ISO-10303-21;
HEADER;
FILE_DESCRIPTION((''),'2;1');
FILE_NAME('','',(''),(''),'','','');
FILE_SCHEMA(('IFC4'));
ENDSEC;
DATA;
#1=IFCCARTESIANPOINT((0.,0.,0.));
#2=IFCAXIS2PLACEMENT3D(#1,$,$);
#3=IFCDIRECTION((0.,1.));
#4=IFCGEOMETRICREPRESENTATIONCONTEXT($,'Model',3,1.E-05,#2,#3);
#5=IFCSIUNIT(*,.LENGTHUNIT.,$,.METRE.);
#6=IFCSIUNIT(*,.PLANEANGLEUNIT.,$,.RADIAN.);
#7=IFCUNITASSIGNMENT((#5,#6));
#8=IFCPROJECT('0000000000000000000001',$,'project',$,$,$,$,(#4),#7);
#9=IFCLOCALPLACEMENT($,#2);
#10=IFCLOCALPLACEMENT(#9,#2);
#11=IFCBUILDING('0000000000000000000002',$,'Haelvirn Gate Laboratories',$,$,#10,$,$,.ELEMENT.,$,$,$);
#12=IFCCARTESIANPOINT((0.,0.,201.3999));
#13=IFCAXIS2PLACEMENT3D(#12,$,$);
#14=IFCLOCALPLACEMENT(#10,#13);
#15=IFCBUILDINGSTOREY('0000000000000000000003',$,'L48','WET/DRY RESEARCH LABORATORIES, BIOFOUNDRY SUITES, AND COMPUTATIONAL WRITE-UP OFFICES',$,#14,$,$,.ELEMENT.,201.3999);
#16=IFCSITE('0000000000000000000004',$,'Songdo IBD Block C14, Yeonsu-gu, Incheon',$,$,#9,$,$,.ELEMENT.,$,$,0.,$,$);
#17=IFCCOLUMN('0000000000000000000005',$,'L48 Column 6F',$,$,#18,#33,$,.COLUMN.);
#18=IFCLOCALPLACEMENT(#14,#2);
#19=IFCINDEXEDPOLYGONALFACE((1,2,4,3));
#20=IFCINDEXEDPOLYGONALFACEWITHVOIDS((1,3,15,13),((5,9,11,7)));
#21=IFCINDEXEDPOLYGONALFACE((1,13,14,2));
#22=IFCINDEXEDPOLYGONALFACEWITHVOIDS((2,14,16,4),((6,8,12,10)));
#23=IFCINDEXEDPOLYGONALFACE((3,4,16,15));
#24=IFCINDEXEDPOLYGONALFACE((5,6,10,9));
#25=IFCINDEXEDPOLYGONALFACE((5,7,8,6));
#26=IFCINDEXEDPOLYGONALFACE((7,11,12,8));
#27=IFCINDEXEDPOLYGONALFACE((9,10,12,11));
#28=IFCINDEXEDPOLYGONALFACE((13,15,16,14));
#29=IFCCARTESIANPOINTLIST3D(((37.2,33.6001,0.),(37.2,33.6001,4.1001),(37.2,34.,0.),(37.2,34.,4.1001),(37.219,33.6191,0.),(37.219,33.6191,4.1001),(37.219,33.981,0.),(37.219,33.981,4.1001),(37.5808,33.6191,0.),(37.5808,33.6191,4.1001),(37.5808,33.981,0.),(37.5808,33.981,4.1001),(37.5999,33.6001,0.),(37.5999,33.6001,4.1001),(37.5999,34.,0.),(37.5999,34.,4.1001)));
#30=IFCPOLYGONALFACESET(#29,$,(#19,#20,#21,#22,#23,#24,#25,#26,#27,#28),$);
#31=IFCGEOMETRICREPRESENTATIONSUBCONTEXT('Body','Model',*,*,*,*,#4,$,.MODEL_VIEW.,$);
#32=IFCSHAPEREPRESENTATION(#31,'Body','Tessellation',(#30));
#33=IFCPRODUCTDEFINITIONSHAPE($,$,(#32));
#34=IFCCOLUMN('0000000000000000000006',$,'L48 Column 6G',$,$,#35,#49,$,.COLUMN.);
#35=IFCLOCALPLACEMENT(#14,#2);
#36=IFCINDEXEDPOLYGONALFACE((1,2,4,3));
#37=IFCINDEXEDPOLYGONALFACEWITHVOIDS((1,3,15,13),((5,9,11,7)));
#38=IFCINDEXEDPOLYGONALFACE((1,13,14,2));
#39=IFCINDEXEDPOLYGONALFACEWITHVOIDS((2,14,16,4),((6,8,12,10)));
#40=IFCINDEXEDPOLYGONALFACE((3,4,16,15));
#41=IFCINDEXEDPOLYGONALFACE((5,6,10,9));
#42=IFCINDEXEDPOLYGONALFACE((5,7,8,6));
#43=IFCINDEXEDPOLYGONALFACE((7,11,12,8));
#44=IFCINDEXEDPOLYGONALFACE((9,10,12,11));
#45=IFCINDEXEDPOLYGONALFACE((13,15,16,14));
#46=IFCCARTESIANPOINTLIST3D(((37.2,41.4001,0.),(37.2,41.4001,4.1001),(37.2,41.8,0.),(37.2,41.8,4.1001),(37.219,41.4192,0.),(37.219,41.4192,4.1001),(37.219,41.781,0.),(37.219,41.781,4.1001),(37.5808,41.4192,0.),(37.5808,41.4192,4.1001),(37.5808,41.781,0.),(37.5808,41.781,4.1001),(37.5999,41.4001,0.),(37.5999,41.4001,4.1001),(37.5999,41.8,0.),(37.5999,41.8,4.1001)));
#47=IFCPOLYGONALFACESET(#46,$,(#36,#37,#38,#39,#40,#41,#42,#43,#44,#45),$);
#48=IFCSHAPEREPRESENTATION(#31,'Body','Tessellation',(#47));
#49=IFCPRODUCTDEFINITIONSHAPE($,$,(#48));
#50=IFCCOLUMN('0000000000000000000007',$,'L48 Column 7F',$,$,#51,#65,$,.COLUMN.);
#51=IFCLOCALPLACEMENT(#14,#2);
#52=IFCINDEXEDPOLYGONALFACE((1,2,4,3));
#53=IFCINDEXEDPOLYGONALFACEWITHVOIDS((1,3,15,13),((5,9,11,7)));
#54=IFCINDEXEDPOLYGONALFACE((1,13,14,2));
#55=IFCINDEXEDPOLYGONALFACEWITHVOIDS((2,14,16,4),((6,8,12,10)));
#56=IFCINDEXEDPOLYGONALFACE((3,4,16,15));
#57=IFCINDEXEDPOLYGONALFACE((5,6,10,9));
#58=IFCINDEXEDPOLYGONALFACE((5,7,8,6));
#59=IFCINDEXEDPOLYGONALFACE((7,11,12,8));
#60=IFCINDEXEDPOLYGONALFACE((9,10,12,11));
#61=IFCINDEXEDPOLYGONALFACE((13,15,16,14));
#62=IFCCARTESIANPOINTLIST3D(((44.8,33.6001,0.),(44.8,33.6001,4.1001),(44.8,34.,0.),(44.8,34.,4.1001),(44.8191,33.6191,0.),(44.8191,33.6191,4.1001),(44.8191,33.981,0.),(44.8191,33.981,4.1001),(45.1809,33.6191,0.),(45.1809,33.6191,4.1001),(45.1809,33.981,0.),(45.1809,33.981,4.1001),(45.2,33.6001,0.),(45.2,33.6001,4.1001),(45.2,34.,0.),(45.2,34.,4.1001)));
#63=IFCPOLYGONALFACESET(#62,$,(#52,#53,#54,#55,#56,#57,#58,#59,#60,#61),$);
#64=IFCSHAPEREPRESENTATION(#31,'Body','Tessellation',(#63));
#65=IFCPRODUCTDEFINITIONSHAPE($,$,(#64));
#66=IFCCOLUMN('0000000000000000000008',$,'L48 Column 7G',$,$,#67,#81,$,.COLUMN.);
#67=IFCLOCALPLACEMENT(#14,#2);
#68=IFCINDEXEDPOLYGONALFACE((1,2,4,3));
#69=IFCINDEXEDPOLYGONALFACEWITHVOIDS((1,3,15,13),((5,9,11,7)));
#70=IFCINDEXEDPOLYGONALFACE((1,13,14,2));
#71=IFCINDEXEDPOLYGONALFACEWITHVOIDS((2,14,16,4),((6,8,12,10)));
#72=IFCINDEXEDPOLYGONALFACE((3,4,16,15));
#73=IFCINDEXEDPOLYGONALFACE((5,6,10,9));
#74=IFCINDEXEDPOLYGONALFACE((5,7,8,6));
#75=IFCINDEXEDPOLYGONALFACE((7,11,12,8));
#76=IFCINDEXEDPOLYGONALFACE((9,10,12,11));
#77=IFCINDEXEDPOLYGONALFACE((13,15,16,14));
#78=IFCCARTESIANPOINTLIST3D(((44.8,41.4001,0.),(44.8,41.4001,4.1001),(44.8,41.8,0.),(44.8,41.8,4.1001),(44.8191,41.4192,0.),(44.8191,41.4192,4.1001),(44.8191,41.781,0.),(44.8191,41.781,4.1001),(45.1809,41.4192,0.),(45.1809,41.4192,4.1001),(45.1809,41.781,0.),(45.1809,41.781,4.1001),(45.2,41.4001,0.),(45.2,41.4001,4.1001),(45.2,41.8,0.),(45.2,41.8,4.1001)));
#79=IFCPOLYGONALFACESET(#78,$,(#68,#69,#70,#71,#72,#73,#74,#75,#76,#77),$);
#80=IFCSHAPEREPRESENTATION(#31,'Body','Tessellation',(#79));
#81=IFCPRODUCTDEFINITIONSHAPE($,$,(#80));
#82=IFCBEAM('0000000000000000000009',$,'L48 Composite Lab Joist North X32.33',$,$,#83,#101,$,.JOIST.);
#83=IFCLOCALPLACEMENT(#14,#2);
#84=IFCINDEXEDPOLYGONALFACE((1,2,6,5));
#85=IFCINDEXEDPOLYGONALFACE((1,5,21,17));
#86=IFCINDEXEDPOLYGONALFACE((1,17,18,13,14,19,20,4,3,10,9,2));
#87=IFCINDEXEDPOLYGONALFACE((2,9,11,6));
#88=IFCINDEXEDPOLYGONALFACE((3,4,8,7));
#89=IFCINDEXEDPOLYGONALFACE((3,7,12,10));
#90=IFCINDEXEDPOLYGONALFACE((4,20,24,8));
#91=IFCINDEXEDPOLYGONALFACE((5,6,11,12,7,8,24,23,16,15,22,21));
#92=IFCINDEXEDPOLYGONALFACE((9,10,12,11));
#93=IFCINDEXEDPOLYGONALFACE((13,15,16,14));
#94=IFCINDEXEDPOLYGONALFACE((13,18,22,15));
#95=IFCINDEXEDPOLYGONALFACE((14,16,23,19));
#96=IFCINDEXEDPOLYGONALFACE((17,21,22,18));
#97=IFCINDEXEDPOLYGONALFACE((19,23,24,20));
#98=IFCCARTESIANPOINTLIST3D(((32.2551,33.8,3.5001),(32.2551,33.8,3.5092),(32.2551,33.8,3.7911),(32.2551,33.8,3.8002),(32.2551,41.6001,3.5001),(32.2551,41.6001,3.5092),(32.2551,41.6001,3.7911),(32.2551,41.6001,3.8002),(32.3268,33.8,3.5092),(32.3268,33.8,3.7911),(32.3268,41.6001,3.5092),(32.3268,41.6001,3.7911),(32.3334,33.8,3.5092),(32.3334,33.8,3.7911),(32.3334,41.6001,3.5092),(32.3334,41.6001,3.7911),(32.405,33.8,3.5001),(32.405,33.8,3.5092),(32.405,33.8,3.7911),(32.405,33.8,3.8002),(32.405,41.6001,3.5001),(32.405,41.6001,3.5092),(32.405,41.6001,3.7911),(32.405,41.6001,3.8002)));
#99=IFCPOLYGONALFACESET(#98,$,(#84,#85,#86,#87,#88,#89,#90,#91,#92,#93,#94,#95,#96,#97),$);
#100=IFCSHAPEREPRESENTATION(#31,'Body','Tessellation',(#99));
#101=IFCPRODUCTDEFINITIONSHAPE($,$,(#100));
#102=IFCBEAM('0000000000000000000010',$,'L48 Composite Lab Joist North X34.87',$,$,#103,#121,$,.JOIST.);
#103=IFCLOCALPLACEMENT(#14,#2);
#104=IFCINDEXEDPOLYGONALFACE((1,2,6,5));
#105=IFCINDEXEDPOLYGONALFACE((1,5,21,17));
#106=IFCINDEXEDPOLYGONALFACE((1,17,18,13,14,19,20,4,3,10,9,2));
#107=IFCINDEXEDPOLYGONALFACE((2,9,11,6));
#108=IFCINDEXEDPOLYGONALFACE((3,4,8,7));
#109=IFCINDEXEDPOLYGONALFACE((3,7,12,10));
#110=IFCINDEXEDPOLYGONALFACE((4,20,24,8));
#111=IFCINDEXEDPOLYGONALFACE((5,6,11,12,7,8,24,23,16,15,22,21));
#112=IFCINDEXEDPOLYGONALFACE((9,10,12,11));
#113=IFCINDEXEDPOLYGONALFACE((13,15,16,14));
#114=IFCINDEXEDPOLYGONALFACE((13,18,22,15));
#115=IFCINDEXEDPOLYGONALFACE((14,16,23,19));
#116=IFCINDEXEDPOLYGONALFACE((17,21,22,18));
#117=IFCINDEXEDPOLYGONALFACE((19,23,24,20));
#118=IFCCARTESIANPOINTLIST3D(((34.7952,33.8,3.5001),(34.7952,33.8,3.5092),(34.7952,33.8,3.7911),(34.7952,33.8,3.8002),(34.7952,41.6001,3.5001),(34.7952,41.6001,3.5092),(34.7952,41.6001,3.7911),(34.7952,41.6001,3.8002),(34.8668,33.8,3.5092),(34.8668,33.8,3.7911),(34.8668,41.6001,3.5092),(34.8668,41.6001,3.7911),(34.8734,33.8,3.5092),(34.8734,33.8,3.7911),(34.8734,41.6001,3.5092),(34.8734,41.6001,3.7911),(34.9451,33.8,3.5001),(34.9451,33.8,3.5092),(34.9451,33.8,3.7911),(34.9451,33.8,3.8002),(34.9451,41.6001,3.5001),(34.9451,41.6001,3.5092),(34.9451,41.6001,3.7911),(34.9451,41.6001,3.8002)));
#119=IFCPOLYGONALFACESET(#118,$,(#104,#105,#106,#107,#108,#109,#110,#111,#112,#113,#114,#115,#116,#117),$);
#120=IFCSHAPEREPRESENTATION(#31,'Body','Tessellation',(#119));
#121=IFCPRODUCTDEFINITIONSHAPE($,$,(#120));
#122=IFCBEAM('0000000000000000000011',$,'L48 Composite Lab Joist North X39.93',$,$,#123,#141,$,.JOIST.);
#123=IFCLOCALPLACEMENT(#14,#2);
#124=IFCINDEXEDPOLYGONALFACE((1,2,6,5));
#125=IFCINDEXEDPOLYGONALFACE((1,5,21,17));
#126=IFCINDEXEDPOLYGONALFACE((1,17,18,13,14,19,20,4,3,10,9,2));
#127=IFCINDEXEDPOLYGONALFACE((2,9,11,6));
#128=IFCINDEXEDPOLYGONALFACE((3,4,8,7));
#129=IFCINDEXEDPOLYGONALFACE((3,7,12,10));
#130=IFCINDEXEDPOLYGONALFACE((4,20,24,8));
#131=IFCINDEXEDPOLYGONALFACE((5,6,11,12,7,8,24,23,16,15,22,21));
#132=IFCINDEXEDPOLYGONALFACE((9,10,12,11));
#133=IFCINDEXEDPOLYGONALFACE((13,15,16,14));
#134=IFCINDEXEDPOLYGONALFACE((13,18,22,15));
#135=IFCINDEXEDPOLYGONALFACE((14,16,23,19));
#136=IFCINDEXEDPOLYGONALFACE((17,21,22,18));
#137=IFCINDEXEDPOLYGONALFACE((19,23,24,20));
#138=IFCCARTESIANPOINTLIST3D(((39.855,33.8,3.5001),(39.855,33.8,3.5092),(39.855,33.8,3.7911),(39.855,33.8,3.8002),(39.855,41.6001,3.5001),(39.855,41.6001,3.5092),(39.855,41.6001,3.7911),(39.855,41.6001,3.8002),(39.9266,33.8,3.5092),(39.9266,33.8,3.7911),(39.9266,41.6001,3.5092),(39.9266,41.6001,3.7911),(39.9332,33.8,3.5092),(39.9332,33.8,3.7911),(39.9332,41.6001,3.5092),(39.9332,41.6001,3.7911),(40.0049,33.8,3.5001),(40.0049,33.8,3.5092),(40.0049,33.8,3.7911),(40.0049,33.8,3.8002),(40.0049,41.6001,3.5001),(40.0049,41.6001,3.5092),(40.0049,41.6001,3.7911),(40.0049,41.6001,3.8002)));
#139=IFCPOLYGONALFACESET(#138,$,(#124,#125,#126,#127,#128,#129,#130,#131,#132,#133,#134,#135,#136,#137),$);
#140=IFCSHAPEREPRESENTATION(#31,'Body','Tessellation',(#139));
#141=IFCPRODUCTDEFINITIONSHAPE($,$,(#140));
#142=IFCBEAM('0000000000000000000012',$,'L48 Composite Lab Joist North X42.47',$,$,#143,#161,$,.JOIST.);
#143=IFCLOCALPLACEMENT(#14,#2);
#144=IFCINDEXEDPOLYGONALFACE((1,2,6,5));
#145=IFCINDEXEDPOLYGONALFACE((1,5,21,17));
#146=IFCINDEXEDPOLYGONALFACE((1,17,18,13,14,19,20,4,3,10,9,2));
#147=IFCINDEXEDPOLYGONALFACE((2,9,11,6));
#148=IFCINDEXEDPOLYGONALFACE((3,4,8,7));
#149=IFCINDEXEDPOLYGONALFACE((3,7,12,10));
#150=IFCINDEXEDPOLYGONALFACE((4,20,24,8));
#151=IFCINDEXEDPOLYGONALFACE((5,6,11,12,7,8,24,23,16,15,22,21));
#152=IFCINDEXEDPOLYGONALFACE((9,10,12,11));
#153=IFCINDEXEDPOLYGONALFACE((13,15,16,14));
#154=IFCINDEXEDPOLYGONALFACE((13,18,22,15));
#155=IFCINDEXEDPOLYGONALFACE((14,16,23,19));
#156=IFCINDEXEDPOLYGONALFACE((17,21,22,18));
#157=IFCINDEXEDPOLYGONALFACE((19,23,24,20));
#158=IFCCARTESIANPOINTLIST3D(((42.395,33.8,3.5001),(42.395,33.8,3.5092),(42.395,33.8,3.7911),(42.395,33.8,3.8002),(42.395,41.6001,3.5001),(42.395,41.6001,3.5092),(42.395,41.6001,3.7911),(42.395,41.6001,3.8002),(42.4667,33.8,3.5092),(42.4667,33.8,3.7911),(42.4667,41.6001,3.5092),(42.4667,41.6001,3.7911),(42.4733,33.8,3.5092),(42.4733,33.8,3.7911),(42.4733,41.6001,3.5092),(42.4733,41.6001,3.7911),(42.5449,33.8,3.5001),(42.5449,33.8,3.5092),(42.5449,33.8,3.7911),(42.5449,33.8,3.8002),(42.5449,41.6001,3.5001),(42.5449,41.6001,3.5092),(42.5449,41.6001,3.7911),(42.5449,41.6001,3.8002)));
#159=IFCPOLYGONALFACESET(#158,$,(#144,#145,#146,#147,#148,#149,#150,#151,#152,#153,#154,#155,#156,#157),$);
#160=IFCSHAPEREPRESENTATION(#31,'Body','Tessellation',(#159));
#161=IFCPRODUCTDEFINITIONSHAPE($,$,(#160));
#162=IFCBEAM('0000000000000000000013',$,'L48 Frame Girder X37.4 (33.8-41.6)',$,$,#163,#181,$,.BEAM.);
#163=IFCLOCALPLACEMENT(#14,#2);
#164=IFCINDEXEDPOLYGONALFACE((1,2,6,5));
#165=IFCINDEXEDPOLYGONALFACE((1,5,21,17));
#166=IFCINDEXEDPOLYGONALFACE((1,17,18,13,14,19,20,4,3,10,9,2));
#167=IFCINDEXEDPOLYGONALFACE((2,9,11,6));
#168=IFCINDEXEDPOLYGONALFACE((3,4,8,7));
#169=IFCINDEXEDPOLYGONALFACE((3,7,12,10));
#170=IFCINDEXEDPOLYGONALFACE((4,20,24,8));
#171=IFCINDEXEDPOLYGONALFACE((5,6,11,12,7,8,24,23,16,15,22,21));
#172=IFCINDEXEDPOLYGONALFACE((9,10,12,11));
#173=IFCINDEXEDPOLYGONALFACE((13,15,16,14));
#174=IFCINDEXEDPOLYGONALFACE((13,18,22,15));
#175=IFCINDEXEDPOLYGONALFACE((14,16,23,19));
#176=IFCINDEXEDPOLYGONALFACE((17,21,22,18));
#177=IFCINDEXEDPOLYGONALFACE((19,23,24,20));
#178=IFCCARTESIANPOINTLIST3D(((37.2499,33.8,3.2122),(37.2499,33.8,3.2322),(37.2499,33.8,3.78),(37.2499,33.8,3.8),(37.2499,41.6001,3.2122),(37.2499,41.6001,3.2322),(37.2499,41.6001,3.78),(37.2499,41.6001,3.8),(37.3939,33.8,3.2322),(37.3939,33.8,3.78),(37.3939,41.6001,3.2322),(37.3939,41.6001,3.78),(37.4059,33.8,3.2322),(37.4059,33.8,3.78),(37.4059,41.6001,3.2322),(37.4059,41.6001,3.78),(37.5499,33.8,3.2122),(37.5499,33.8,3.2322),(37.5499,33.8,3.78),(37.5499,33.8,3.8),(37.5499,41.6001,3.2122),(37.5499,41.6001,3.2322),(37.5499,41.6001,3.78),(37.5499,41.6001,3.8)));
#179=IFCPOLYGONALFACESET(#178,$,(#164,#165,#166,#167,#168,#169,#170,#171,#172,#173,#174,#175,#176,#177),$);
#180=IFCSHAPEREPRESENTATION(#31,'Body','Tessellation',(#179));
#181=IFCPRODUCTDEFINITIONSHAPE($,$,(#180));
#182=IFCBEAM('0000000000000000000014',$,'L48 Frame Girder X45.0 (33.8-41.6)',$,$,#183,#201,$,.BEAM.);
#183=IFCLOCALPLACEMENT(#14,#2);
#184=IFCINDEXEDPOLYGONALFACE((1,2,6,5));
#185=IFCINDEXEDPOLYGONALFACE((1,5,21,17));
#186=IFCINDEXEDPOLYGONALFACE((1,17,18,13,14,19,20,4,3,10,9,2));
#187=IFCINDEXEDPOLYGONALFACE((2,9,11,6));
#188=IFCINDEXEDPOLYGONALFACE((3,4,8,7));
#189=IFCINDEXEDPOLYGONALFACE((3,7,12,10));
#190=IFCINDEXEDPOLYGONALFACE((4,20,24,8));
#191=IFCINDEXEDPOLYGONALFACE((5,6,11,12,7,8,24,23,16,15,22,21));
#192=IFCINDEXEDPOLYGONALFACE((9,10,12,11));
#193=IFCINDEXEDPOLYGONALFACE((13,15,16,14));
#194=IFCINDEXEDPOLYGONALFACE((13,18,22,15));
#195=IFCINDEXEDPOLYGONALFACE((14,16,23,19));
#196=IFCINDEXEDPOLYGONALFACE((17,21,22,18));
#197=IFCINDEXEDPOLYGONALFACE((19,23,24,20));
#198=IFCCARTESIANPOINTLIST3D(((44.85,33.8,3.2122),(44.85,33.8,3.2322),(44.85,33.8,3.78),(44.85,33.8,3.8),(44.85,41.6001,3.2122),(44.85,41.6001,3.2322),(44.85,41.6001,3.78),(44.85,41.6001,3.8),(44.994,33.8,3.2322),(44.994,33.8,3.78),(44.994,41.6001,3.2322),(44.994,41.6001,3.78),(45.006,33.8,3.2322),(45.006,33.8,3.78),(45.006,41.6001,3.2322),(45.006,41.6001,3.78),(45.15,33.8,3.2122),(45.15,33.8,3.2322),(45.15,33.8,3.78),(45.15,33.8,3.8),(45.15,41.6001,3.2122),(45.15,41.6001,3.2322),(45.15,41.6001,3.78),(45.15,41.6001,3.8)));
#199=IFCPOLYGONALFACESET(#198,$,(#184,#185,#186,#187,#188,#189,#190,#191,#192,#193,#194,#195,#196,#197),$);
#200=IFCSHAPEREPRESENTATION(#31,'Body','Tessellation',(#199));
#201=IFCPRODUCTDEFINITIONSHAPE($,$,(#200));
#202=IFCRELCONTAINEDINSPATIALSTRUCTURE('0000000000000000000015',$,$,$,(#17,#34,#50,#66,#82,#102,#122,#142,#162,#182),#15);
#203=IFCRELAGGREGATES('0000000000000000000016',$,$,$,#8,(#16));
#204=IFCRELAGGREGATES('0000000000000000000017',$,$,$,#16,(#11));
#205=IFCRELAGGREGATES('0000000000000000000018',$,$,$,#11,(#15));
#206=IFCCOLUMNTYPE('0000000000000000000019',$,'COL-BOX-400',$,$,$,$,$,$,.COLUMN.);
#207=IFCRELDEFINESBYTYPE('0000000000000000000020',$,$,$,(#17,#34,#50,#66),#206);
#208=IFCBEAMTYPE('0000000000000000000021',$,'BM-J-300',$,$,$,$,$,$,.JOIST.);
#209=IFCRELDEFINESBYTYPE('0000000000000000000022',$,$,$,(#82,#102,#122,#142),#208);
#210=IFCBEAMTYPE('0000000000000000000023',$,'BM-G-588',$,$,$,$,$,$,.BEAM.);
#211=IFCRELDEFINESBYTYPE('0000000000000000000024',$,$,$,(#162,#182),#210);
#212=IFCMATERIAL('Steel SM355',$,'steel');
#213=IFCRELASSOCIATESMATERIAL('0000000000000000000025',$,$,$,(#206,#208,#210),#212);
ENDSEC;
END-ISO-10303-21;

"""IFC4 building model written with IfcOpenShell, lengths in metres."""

from ifc_helpers import new_model, si_unit, direction, frame, origin, origin_2d, place, context, subcontext, project, spatial, hollow_rectangle, i_section, extrude, source, transform, mapped, material, material_profile, profile_set, type_object, type_shapes, element, save


model = new_model("IFC4")

# Units and contexts
model_context = context("Model", 3, precision=1e-05, world=origin(), true_north=direction((0.0, 1.0)))
body_context = subcontext(model_context, "Body", "Model", "MODEL_VIEW")
ifc_project = project(units=[si_unit("LENGTHUNIT", "METRE"), si_unit("PLANEANGLEUNIT", "RADIAN")], contexts=[model_context])

# Site, building, storey
site_placement = place(None, origin())
site = spatial("IfcSite", under=ifc_project, at=site_placement, Name="Songdo IBD Block C14, Yeonsu-gu, Incheon", CompositionType="ELEMENT", RefElevation=0.0)
building_placement = place(site_placement, origin())
building = spatial("IfcBuilding", under=site, at=building_placement, Name="Haelvirn Gate Laboratories", CompositionType="ELEMENT")
storey_placement = place(building_placement, frame((0.0, 0.0, 201.3999)))
storey = spatial("IfcBuildingStorey", under=building, at=storey_placement, Name="L48", Description="WET/DRY RESEARCH LABORATORIES, BIOFOUNDRY SUITES, AND COMPUTATIONAL WRITE-UP OFFICES", CompositionType="ELEMENT", Elevation=201.3999)

# Columns
ifc_material_1 = material(Name="Steel SM355", Category="steel")
ifc_material_profile_1 = material_profile(ifc_material_1, hollow_rectangle(XDim=0.3999, YDim=0.3999, WallThickness=0.019, at=origin_2d()), Name="BOX-400x400x19")
ifc_profile_set_1 = profile_set([ifc_material_profile_1], Name="Steel SM355")
column_type = type_object("IfcColumnType", Name="COL-BOX-400", PredefinedType="COLUMN", material=ifc_profile_set_1)
shared_shape_1 = source(origin(), body_context, "Body", "SweptSolid", [
    extrude(hollow_rectangle(XDim=0.3999, YDim=0.3999, WallThickness=0.019, at=origin_2d()), origin(), (0.0, 0.0, 1.0), 4.1001),
])
type_shapes(column_type, [shared_shape_1])
for number, where, z_axis, x_axis, name in (
    (1, (37.3999, 33.8, 0.0), (0.0, 0.0, 1.0), (1.0, 0.0, 0.0), "L48 Column 6F"),
    (2, (37.3999, 41.6001, 0.0), (0.0, 0.0, 1.0), (1.0, 0.0, 0.0), "L48 Column 6G"),
    (3, (45.0, 33.8, 0.0), (0.0, 0.0, 1.0), (1.0, 0.0, 0.0), "L48 Column 7F"),
    (4, (45.0, 41.6001, 0.0), (0.0, 0.0, 1.0), (1.0, 0.0, 0.0), "L48 Column 7G"),
):
    element("IfcColumn", number, at=place(storey_placement, frame(where, z_axis=z_axis, x_axis=x_axis)), inside=storey, type_object=column_type, Name=name, PredefinedType="COLUMN", context=body_context, shape_type="MappedRepresentation", body=[
        mapped(shared_shape_1, transform((0.0, 0.0, 0.0), scale=1.0)),
    ])

# Beams
ifc_material_profile_2 = material_profile(ifc_material_1, i_section(OverallWidth=0.1499, OverallDepth=0.3, WebThickness=0.0066, FlangeThickness=0.009, at=origin_2d()), Name="H-300x150x6.5x9")
ifc_profile_set_2 = profile_set([ifc_material_profile_2], Name="Steel SM355")
beam_type_1 = type_object("IfcBeamType", Name="BM-J-300", PredefinedType="JOIST", material=ifc_profile_set_2)
shared_shape_2 = source(origin(), body_context, "Body", "SweptSolid", [
    extrude(i_section(OverallWidth=0.1499, OverallDepth=0.3, WebThickness=0.0066, FlangeThickness=0.009, at=origin_2d()), origin(), (0.0, 0.0, 1.0), 7.8),
])
type_shapes(beam_type_1, [shared_shape_2])
for number, where, z_axis, x_axis, name in (
    (5, (32.3301, 33.8, 3.6501), (0.0, 1.0, 0.0), (-1.0, 0.0, 0.0), "L48 Composite Lab Joist North X32.33"),
    (6, (34.8701, 33.8, 3.6501), (0.0, 1.0, 0.0), (-1.0, 0.0, 0.0), "L48 Composite Lab Joist North X34.87"),
    (7, (39.9299, 33.8, 3.6501), (0.0, 1.0, 0.0), (-1.0, 0.0, 0.0), "L48 Composite Lab Joist North X39.93"),
    (8, (42.47, 33.8, 3.6501), (0.0, 1.0, 0.0), (-1.0, 0.0, 0.0), "L48 Composite Lab Joist North X42.47"),
):
    element("IfcBeam", number, at=place(storey_placement, frame(where, z_axis=z_axis, x_axis=x_axis)), inside=storey, type_object=beam_type_1, Name=name, PredefinedType="JOIST", context=body_context, shape_type="MappedRepresentation", body=[
        mapped(shared_shape_2, transform((0.0, 0.0, 0.0), scale=1.0)),
    ])
ifc_material_profile_3 = material_profile(ifc_material_1, i_section(OverallWidth=0.3, OverallDepth=0.5879, WebThickness=0.012, FlangeThickness=0.02, at=origin_2d()), Name="H-588x300x12x20")
ifc_profile_set_3 = profile_set([ifc_material_profile_3], Name="Steel SM355")
beam_type_2 = type_object("IfcBeamType", Name="BM-G-588", PredefinedType="BEAM", material=ifc_profile_set_3)
shared_shape_3 = source(origin(), body_context, "Body", "SweptSolid", [
    extrude(i_section(OverallWidth=0.3, OverallDepth=0.5879, WebThickness=0.012, FlangeThickness=0.02, at=origin_2d()), origin(), (0.0, 0.0, 1.0), 7.8),
])
type_shapes(beam_type_2, [shared_shape_3])
for number, where, z_axis, x_axis, name in (
    (9, (37.3999, 33.8, 3.5061), (0.0, 1.0, 0.0), (-1.0, 0.0, 0.0), "L48 Frame Girder X37.4 (33.8-41.6)"),
    (10, (45.0, 33.8, 3.5061), (0.0, 1.0, 0.0), (-1.0, 0.0, 0.0), "L48 Frame Girder X45.0 (33.8-41.6)"),
):
    element("IfcBeam", number, at=place(storey_placement, frame(where, z_axis=z_axis, x_axis=x_axis)), inside=storey, type_object=beam_type_2, Name=name, PredefinedType="BEAM", context=body_context, shape_type="MappedRepresentation", body=[
        mapped(shared_shape_3, transform((0.0, 0.0, 0.0), scale=1.0)),
    ])

save(model, "model.ifc")
